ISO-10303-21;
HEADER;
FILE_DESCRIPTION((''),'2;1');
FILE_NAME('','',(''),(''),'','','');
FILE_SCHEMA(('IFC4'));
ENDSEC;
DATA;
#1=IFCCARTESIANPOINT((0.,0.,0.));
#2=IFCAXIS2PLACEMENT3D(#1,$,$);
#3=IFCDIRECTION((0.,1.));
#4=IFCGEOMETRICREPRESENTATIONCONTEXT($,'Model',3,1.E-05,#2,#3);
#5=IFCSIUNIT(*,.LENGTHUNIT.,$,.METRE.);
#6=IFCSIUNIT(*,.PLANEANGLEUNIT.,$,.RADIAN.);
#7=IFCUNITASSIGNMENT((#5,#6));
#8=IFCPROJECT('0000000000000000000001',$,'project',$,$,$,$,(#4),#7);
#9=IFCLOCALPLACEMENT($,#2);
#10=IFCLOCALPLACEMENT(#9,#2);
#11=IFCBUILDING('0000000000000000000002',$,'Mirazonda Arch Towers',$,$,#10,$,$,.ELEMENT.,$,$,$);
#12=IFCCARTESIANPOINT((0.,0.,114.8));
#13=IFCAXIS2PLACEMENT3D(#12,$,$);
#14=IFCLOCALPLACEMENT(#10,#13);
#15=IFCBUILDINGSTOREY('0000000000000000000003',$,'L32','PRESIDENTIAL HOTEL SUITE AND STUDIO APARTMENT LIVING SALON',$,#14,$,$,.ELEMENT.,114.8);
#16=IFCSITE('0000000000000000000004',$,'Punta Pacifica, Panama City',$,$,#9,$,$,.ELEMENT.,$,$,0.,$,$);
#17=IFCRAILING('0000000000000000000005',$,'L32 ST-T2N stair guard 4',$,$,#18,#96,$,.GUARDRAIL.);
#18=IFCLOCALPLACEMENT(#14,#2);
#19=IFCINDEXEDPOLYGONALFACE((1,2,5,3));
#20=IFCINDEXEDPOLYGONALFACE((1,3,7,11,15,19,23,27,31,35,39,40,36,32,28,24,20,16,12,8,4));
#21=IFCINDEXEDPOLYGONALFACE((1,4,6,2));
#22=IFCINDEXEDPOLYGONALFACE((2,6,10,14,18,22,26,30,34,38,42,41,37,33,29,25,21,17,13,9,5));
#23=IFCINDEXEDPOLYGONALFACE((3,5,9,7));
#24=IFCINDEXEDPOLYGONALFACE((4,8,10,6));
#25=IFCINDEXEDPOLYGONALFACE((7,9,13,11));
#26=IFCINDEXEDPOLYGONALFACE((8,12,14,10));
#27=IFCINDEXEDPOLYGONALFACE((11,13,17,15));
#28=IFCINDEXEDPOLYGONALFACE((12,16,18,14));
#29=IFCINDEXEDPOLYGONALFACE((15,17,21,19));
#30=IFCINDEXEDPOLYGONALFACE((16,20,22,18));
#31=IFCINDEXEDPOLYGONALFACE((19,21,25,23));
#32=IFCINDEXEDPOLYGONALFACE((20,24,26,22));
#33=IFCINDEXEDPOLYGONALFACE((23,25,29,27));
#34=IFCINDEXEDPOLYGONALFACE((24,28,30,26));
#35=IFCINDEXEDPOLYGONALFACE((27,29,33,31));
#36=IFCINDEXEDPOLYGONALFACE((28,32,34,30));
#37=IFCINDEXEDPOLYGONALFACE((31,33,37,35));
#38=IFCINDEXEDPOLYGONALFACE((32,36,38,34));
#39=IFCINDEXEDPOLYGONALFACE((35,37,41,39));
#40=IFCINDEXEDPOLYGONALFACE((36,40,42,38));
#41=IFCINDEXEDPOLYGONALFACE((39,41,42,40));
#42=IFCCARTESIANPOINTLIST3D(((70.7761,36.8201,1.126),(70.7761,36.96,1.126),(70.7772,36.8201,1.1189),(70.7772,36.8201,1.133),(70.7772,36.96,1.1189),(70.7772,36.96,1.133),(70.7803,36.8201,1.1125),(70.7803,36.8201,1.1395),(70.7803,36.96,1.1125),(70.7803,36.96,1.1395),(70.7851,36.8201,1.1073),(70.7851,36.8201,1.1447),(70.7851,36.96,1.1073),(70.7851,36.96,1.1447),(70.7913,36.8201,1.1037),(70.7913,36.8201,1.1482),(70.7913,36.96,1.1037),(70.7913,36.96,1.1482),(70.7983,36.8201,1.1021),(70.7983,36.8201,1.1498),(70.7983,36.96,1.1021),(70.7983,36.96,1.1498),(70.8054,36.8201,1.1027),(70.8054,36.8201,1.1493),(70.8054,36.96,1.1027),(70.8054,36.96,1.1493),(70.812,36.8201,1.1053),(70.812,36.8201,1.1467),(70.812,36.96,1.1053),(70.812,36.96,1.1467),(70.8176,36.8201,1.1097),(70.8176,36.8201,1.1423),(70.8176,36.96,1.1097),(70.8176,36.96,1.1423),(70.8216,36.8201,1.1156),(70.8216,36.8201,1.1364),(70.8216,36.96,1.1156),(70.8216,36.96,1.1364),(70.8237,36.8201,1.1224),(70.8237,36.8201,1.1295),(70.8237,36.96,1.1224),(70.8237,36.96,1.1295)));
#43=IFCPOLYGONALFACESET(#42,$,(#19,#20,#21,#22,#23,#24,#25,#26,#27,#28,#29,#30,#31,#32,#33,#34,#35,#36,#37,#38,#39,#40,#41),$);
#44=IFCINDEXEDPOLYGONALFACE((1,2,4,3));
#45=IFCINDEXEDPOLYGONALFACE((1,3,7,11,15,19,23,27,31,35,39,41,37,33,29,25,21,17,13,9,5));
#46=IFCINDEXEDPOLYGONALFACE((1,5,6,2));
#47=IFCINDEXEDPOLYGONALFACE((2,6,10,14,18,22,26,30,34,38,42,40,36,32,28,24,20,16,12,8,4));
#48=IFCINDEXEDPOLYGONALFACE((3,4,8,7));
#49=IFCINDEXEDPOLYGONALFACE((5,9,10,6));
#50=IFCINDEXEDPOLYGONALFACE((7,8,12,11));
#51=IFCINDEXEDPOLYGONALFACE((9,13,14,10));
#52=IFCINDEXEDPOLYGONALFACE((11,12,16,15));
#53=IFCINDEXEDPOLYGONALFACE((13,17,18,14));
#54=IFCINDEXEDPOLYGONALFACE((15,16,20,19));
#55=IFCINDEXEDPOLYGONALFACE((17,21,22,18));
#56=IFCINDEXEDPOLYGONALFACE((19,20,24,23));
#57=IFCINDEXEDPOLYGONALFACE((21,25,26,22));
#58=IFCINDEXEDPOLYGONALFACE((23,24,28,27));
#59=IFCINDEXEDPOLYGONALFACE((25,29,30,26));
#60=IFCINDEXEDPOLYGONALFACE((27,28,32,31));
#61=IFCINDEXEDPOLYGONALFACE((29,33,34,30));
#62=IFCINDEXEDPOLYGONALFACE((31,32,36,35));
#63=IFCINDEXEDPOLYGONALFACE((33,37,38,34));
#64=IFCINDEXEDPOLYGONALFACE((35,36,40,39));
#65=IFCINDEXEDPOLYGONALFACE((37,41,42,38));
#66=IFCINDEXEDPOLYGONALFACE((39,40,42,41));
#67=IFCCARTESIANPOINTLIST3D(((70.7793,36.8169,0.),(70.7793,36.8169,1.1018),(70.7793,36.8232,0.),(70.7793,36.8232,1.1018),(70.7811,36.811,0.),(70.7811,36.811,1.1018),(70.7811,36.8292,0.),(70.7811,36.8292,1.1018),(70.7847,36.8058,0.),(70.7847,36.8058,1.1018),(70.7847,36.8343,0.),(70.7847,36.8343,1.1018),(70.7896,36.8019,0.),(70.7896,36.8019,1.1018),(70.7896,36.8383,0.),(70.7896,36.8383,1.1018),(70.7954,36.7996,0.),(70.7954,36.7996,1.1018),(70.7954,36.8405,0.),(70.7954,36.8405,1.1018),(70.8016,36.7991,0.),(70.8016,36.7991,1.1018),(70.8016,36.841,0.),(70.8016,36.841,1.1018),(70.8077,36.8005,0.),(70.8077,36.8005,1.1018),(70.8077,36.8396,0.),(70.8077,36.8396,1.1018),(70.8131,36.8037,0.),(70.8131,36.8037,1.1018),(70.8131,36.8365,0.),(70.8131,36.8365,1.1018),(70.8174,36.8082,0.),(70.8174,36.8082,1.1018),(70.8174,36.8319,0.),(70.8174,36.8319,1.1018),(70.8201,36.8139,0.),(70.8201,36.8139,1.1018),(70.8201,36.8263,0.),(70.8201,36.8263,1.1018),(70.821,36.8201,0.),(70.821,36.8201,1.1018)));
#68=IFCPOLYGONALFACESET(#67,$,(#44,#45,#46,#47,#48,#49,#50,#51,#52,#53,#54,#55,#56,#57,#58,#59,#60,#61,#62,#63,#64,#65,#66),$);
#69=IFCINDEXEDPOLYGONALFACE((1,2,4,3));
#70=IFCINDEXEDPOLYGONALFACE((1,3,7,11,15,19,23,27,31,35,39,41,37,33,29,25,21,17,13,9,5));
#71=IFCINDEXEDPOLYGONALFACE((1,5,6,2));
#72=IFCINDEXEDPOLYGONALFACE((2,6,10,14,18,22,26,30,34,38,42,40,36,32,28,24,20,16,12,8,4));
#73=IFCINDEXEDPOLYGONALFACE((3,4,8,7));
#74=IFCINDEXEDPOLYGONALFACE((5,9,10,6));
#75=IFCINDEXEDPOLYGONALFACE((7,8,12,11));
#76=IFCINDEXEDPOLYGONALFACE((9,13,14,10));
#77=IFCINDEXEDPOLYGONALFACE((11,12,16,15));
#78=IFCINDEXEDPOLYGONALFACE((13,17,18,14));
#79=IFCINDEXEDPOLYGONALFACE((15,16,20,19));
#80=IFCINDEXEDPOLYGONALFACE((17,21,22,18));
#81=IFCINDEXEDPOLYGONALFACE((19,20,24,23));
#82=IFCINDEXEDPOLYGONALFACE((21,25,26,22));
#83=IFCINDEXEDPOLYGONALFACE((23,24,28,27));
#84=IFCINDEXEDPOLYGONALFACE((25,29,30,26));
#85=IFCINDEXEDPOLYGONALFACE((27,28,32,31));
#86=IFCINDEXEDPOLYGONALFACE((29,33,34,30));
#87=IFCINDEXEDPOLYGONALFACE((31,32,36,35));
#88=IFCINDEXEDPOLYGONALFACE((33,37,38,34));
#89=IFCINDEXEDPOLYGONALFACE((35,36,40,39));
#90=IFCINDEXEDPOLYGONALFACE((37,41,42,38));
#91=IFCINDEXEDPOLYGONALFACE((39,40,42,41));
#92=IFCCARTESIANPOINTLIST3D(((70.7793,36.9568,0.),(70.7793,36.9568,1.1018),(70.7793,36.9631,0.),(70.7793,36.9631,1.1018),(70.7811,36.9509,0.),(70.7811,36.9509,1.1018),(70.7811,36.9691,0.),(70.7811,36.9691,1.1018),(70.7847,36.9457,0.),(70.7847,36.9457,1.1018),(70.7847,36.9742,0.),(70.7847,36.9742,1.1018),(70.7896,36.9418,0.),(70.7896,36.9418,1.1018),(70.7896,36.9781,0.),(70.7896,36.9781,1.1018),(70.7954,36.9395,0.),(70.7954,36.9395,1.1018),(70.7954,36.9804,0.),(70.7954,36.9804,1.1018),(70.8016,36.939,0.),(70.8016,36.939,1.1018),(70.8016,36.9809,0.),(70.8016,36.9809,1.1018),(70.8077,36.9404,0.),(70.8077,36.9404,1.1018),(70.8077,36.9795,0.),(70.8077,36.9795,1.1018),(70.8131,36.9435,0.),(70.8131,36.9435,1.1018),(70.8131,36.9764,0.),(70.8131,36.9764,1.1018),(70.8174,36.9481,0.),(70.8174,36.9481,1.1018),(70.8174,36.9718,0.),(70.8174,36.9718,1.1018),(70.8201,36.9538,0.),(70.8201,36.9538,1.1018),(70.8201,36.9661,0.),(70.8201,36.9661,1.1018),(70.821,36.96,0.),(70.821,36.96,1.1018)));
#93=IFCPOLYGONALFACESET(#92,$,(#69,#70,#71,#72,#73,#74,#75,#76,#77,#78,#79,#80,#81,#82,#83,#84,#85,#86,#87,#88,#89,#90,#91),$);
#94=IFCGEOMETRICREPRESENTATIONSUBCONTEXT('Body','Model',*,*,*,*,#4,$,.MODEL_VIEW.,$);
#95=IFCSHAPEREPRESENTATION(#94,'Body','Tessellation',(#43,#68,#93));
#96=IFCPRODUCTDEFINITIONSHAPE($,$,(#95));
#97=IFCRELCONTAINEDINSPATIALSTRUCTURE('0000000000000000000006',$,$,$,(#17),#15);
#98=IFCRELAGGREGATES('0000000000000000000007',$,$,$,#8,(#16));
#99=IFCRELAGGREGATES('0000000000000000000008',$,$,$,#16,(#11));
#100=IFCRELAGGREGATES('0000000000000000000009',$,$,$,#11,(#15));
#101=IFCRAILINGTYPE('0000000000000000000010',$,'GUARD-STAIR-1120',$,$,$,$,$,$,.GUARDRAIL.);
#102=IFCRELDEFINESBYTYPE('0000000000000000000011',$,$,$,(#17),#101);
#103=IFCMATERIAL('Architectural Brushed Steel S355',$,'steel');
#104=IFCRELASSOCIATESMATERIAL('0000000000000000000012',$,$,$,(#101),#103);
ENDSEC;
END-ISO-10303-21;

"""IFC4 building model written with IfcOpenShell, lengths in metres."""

from ifc_helpers import new_model, si_unit, direction, frame, origin, origin_2d, place, context, subcontext, project, spatial, circle, extrude, material, type_object, element, save


model = new_model("IFC4")

# Units and contexts
model_context = context("Model", 3, precision=1e-05, world=origin(), true_north=direction((0.0, 1.0)))
body_context = subcontext(model_context, "Body", "Model", "MODEL_VIEW")
ifc_project = project(units=[si_unit("LENGTHUNIT", "METRE"), si_unit("PLANEANGLEUNIT", "RADIAN")], contexts=[model_context])

# Site, building, storey
site_placement = place(None, origin())
site = spatial("IfcSite", under=ifc_project, at=site_placement, Name="Punta Pacifica, Panama City", CompositionType="ELEMENT", RefElevation=0.0)
building_placement = place(site_placement, origin())
building = spatial("IfcBuilding", under=site, at=building_placement, Name="Mirazonda Arch Towers", CompositionType="ELEMENT")
storey_placement = place(building_placement, frame((0.0, 0.0, 114.8)))
storey = spatial("IfcBuildingStorey", under=building, at=storey_placement, Name="L32", Description="PRESIDENTIAL HOTEL SUITE AND STUDIO APARTMENT LIVING SALON", CompositionType="ELEMENT", Elevation=114.8)

# Railing
ifc_material_1 = material(Name="Architectural Brushed Steel S355", Category="steel")
railing_type = type_object("IfcRailingType", Name="GUARD-STAIR-1120", PredefinedType="GUARDRAIL", material=ifc_material_1)
railing_1_placement = place(storey_placement, frame((70.8, 36.8201, 0.0)))
element("IfcRailing", 1, at=railing_1_placement, inside=storey, type_object=railing_type, Name="L32 ST-T2N stair guard 4", PredefinedType="GUARDRAIL", context=body_context, shape_type="SweptSolid", body=[
    extrude(circle(Radius=0.0239, at=origin_2d()), frame((0.0, 0.0, 1.126), z_axis=(0.0, 1.0, 0.0), x_axis=(-1.0, 0.0, 0.0)), (0.0, 0.0, 1.0), 0.1399),
    extrude(circle(Radius=0.021, at=origin_2d()), origin(), (0.0, 0.0, 1.0), 1.1018),
    extrude(circle(Radius=0.021, at=origin_2d()), frame((0.0, 0.1399, 0.0)), (0.0, 0.0, 1.0), 1.1018),
])

save(model, "model.ifc")
